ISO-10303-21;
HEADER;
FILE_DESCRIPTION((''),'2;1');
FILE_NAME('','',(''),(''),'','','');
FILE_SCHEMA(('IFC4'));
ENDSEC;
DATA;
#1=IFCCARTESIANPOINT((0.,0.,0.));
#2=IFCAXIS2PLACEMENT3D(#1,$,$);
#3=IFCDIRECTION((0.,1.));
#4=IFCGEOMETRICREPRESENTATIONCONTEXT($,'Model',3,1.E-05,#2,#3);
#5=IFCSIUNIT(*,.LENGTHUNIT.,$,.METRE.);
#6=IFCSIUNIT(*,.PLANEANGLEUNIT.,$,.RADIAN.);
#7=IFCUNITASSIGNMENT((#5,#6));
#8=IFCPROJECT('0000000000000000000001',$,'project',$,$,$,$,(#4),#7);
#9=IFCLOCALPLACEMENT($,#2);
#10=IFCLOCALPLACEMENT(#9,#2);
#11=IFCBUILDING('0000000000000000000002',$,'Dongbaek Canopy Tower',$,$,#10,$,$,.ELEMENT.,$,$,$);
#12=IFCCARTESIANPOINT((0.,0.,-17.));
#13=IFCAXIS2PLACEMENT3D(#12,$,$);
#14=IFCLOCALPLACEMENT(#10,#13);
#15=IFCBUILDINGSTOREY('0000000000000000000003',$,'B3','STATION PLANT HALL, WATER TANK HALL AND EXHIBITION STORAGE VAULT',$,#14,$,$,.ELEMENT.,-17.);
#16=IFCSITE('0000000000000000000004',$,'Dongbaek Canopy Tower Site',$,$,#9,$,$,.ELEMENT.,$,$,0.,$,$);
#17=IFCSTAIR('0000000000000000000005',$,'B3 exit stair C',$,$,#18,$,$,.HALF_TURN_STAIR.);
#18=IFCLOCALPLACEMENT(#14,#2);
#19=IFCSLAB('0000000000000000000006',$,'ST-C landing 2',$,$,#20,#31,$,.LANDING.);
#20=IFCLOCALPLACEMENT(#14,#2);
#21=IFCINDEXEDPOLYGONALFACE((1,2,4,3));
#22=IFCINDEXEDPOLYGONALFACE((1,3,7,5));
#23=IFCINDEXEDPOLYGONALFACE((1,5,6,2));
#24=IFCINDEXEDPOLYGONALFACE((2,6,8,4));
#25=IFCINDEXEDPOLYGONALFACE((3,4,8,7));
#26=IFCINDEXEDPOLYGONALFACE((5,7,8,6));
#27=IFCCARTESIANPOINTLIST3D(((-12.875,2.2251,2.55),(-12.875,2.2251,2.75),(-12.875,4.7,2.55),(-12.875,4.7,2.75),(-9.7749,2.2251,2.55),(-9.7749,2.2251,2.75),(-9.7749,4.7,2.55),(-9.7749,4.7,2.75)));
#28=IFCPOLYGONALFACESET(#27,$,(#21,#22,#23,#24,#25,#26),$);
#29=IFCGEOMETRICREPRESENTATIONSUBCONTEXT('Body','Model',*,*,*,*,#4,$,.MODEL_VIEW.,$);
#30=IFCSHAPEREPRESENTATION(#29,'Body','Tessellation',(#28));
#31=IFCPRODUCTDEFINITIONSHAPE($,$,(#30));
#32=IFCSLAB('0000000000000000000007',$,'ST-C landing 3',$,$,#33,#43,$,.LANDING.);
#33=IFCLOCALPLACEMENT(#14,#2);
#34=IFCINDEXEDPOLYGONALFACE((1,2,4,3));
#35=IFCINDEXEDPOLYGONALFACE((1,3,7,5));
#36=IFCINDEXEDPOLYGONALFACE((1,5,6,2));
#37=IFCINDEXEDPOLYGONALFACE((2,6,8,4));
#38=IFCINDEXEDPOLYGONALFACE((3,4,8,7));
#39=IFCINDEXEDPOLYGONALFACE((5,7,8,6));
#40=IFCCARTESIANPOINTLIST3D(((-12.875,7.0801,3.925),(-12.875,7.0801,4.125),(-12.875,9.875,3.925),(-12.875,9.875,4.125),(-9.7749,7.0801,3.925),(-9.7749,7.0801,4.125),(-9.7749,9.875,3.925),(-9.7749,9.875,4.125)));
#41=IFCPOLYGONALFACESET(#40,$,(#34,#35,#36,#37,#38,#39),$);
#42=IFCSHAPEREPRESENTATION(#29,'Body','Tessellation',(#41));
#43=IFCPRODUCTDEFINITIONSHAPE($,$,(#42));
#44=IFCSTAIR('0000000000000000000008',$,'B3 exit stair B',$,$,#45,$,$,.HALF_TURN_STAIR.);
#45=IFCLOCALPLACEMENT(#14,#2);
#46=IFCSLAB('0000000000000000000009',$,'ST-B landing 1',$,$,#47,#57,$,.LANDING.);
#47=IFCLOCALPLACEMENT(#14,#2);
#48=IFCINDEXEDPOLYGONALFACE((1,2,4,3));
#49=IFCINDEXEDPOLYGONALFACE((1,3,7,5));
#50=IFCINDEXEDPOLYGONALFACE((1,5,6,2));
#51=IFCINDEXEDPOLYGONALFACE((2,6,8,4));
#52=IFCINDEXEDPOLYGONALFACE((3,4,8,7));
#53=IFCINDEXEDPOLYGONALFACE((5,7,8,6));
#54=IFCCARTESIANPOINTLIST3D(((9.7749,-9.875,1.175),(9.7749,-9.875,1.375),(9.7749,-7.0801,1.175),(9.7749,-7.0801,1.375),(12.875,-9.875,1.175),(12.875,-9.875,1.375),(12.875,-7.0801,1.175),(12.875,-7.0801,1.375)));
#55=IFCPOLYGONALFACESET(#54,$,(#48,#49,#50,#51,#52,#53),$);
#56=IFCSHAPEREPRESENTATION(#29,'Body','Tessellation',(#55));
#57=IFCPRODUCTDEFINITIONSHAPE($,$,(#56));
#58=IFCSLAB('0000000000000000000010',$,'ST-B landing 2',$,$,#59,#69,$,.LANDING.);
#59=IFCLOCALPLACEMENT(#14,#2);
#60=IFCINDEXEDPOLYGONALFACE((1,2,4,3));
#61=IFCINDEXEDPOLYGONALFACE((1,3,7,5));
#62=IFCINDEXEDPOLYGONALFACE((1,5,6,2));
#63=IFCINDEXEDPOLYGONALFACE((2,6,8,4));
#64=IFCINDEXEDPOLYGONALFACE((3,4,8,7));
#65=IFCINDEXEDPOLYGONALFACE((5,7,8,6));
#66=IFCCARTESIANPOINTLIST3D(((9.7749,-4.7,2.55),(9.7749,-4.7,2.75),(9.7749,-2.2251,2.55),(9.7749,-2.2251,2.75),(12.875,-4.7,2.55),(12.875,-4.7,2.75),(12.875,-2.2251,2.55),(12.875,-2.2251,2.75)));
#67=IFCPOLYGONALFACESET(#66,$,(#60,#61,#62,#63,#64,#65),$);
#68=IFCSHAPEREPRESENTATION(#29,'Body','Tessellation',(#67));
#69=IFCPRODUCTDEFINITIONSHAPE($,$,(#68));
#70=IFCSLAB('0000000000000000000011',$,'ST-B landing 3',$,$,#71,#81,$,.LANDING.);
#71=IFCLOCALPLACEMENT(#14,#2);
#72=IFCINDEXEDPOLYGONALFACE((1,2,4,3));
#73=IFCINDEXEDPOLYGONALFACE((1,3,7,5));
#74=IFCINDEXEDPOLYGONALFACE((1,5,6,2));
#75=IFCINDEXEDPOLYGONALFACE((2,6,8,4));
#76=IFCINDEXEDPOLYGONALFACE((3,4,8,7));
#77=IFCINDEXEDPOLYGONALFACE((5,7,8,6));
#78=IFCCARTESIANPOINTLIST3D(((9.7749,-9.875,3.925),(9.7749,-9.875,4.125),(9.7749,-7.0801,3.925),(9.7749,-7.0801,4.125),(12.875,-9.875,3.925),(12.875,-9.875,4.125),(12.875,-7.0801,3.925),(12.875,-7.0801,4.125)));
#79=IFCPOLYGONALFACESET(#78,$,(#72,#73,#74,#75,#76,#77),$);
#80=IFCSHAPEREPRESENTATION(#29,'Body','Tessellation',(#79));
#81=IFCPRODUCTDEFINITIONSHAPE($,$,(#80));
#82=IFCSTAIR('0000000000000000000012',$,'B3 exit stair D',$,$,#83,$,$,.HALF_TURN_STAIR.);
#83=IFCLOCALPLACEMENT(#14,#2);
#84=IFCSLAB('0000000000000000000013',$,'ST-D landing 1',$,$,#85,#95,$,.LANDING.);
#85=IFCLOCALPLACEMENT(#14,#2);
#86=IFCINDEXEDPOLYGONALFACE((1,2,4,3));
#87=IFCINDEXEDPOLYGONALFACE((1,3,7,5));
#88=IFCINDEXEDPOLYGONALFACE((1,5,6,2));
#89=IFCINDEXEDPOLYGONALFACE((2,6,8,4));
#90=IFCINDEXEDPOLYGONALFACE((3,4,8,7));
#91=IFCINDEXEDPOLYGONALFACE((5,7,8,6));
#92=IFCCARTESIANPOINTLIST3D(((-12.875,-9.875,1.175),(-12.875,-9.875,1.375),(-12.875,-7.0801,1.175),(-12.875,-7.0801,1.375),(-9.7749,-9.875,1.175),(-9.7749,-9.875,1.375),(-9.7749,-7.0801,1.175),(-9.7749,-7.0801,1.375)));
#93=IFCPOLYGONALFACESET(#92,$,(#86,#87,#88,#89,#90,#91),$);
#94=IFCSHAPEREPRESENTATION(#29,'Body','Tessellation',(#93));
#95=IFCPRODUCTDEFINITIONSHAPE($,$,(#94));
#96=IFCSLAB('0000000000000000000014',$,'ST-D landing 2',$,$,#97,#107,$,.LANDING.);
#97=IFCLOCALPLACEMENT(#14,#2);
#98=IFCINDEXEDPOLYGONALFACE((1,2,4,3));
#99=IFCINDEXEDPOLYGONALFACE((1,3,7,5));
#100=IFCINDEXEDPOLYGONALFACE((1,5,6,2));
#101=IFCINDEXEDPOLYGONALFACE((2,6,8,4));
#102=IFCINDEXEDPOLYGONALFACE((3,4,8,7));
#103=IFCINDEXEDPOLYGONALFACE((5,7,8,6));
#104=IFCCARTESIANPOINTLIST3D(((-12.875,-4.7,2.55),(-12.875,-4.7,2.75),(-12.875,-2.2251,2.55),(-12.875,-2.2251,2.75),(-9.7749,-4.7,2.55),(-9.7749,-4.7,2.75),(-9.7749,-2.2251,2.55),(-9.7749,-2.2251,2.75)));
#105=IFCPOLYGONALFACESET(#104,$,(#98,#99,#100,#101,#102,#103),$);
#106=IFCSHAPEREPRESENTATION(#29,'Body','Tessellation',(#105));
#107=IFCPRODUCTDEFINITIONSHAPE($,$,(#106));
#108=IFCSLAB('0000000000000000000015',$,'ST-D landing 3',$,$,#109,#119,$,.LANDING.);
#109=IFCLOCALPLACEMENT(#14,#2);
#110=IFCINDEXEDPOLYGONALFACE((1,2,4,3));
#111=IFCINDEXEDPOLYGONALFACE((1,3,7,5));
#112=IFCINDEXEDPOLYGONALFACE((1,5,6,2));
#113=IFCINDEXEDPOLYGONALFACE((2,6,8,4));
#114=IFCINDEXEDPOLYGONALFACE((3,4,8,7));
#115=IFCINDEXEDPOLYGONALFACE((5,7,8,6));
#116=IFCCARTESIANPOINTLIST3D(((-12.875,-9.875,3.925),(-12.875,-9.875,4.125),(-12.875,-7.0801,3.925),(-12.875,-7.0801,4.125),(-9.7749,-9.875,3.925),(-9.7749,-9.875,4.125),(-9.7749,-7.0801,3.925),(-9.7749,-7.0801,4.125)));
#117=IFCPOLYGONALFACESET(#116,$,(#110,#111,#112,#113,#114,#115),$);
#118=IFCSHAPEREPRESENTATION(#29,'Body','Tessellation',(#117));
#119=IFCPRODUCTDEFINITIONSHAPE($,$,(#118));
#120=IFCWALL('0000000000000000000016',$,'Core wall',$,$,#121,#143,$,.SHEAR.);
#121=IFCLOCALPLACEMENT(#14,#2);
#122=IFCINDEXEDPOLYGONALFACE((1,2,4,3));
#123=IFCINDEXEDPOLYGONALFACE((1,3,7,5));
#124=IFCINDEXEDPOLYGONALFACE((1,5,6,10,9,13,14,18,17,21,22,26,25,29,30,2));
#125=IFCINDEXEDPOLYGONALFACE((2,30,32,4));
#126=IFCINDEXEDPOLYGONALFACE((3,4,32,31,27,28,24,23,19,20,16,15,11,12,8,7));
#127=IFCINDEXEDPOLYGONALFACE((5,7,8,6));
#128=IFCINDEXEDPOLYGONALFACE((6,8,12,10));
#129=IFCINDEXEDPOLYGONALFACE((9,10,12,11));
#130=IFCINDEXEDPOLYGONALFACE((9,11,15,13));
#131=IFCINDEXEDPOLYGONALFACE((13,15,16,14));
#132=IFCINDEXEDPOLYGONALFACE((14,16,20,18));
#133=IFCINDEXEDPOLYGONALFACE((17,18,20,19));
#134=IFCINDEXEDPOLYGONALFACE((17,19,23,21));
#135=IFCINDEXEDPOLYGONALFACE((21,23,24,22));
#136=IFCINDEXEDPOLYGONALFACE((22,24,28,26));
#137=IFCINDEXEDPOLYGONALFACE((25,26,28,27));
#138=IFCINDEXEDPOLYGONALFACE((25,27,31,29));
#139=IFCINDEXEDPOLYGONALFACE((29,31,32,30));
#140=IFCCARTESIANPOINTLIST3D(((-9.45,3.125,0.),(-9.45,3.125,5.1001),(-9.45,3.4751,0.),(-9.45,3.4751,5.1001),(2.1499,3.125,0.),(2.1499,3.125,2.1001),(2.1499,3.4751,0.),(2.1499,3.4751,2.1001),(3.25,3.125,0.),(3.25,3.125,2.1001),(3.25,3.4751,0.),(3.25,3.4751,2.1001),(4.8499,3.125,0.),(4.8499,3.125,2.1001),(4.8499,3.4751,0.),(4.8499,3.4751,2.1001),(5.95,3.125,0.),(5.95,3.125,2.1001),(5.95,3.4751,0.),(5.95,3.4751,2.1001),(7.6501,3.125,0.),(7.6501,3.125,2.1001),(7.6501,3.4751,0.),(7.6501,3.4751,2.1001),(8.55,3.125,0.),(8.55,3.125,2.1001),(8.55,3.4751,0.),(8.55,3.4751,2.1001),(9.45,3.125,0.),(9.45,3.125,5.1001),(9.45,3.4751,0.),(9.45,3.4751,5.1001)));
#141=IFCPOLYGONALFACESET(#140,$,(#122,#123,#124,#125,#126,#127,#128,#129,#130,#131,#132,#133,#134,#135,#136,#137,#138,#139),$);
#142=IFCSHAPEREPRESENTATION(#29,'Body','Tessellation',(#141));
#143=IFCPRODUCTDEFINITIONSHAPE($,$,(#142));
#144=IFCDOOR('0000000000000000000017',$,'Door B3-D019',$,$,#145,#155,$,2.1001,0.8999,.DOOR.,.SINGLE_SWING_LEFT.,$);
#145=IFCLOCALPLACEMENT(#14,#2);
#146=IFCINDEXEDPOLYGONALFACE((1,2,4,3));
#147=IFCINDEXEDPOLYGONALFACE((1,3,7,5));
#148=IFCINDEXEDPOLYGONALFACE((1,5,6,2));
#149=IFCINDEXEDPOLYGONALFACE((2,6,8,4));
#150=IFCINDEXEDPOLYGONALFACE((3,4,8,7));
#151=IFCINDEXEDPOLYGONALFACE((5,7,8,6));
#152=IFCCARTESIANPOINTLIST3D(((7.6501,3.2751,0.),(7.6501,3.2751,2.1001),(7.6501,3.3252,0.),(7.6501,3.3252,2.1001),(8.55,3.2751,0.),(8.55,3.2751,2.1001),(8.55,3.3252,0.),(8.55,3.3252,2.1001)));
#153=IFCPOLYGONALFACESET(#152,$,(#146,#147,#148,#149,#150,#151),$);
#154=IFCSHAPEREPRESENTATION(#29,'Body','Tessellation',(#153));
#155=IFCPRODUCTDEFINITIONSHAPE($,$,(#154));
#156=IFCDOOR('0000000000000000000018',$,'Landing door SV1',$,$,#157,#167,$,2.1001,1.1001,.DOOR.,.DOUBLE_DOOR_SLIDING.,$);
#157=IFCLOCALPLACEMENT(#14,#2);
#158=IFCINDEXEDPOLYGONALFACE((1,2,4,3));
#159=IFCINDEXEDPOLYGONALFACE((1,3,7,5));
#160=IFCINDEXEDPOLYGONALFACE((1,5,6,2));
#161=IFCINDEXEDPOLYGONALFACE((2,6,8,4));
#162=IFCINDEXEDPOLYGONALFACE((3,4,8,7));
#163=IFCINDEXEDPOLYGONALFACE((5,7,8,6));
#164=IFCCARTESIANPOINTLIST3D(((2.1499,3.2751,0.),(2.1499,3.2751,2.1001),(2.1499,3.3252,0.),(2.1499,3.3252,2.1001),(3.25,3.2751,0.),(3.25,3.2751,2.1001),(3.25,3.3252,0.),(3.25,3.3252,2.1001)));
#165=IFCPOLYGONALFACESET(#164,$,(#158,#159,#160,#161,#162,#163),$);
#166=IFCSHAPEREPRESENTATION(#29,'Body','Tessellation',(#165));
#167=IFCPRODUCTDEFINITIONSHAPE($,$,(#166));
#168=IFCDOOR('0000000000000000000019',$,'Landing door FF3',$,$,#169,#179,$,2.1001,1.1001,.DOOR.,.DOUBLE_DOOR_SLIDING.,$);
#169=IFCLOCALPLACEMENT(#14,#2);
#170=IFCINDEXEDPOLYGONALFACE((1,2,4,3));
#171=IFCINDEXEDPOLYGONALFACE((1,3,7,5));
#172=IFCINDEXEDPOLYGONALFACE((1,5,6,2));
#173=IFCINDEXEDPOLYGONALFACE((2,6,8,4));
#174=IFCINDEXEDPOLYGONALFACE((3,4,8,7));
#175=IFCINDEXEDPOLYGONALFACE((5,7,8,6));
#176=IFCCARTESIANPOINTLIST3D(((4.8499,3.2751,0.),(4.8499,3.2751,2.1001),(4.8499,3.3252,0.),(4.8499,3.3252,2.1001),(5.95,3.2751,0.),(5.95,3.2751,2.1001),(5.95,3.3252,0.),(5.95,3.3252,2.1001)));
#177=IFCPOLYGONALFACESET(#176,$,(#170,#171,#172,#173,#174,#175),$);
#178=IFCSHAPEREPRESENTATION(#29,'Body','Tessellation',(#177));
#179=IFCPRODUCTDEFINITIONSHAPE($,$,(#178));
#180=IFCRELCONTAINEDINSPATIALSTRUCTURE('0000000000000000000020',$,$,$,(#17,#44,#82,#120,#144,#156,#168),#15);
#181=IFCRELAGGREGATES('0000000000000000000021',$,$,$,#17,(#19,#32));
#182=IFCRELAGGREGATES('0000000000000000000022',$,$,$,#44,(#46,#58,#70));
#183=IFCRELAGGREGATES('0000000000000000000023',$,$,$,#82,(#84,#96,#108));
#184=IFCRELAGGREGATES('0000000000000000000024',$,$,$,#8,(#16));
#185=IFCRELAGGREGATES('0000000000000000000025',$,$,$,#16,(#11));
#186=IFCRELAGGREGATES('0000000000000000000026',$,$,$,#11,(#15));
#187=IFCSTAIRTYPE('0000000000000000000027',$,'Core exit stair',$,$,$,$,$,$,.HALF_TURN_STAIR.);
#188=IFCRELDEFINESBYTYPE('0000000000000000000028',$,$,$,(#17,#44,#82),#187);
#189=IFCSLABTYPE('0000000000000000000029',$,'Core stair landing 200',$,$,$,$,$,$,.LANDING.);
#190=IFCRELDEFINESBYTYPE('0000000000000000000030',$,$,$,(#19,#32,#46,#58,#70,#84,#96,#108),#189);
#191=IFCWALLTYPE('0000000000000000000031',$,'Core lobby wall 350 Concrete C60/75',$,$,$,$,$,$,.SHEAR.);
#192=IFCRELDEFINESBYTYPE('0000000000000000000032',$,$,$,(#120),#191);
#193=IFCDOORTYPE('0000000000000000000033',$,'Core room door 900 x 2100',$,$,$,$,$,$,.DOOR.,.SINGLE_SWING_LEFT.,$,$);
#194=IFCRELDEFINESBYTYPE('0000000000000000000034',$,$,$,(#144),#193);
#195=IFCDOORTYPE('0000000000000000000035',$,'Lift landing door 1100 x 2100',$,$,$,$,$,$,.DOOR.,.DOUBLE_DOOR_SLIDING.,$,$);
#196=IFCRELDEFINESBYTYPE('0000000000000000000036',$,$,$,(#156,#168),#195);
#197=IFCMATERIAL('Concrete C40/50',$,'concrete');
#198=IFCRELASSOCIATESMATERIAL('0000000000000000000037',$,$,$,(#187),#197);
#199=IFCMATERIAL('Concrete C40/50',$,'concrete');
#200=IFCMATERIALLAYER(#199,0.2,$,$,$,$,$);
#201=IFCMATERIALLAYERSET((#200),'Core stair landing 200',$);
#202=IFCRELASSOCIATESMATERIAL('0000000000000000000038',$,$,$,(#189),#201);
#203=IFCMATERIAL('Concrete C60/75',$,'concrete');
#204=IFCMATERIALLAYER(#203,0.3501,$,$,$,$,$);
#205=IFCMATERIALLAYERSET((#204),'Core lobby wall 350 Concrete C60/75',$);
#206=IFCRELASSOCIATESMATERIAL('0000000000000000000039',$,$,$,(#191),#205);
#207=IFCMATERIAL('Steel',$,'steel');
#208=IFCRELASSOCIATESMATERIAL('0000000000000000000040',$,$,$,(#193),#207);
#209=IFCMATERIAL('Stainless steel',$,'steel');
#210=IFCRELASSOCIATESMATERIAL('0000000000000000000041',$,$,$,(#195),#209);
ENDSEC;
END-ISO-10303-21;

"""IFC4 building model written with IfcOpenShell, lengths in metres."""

from ifc_helpers import new_model, si_unit, direction, frame, frame_2d, origin, place, context, subcontext, project, spatial, polyline, rectangle, outline, extrude, material, layer, layer_set, type_object, element, fill, aggregate, save


model = new_model("IFC4")

# Units and contexts
model_context = context("Model", 3, precision=1e-05, world=origin(), true_north=direction((0.0, 1.0)))
body_context = subcontext(model_context, "Body", "Model", "MODEL_VIEW")
ifc_project = project(units=[si_unit("LENGTHUNIT", "METRE"), si_unit("PLANEANGLEUNIT", "RADIAN")], contexts=[model_context])

# Site, building, storey
site_placement = place(None, origin())
site = spatial("IfcSite", under=ifc_project, at=site_placement, Name="Dongbaek Canopy Tower Site", CompositionType="ELEMENT", RefElevation=0.0)
building_placement = place(site_placement, origin())
building = spatial("IfcBuilding", under=site, at=building_placement, Name="Dongbaek Canopy Tower", CompositionType="ELEMENT")
storey_placement = place(building_placement, frame((0.0, 0.0, -17.0)))
storey = spatial("IfcBuildingStorey", under=building, at=storey_placement, Name="B3", Description="STATION PLANT HALL, WATER TANK HALL AND EXHIBITION STORAGE VAULT", CompositionType="ELEMENT", Elevation=-17.0)

# Stairs, slabs
ifc_material_1 = material(Name="Concrete C40/50", Category="concrete")
stair_type = type_object("IfcStairType", Name="Core exit stair", PredefinedType="HALF_TURN_STAIR", material=ifc_material_1)
ifc_material_2 = material(Name="Concrete C40/50", Category="concrete")
ifc_layer_1 = layer(ifc_material_2, 0.2)
ifc_layer_set_1 = layer_set([ifc_layer_1], Name="Core stair landing 200")
slab_type = type_object("IfcSlabType", Name="Core stair landing 200", PredefinedType="LANDING", material=ifc_layer_set_1)
stair_1_placement = place(storey_placement, origin())
stair_1 = element("IfcStair", 1, at=stair_1_placement, inside=storey, type_object=stair_type, Name="B3 exit stair C", PredefinedType="HALF_TURN_STAIR")
slab_1_placement = place(storey_placement, frame((0.0, 0.0, 2.55)))
slab_1 = element("IfcSlab", 2, at=slab_1_placement, type_object=slab_type, Name="ST-C landing 2", PredefinedType="LANDING", context=body_context, shape_type="SweptSolid", body=[
    extrude(outline(polyline([(-9.7749, 2.2251), (-9.7749, 4.7), (-12.875, 4.7), (-12.875, 2.2251), (-9.7749, 2.2251)])), origin(), (0.0, 0.0, 1.0), 0.2),
])
slab_2_placement = place(storey_placement, frame((0.0, 0.0, 3.925)))
slab_2 = element("IfcSlab", 3, at=slab_2_placement, type_object=slab_type, Name="ST-C landing 3", PredefinedType="LANDING", context=body_context, shape_type="SweptSolid", body=[
    extrude(outline(polyline([(-9.7749, 7.0801), (-9.7749, 9.875), (-12.875, 9.875), (-12.875, 7.0801), (-9.7749, 7.0801)])), origin(), (0.0, 0.0, 1.0), 0.2),
])
aggregate(stair_1, [slab_1, slab_2])
stair_2_placement = place(storey_placement, origin())
stair_2 = element("IfcStair", 4, at=stair_2_placement, inside=storey, type_object=stair_type, Name="B3 exit stair B", PredefinedType="HALF_TURN_STAIR")
slab_3_placement = place(storey_placement, frame((0.0, 0.0, 1.175)))
slab_3 = element("IfcSlab", 5, at=slab_3_placement, type_object=slab_type, Name="ST-B landing 1", PredefinedType="LANDING", context=body_context, shape_type="SweptSolid", body=[
    extrude(outline(polyline([(9.7749, -7.0801), (9.7749, -9.875), (12.875, -9.875), (12.875, -7.0801), (9.7749, -7.0801)])), origin(), (0.0, 0.0, 1.0), 0.2),
])
slab_4_placement = place(storey_placement, frame((0.0, 0.0, 2.55)))
slab_4 = element("IfcSlab", 6, at=slab_4_placement, type_object=slab_type, Name="ST-B landing 2", PredefinedType="LANDING", context=body_context, shape_type="SweptSolid", body=[
    extrude(outline(polyline([(9.7749, -2.2251), (9.7749, -4.7), (12.875, -4.7), (12.875, -2.2251), (9.7749, -2.2251)])), origin(), (0.0, 0.0, 1.0), 0.2),
])
slab_5_placement = place(storey_placement, frame((0.0, 0.0, 3.925)))
slab_5 = element("IfcSlab", 7, at=slab_5_placement, type_object=slab_type, Name="ST-B landing 3", PredefinedType="LANDING", context=body_context, shape_type="SweptSolid", body=[
    extrude(outline(polyline([(9.7749, -7.0801), (9.7749, -9.875), (12.875, -9.875), (12.875, -7.0801), (9.7749, -7.0801)])), origin(), (0.0, 0.0, 1.0), 0.2),
])
aggregate(stair_2, [slab_3, slab_4, slab_5])
stair_3_placement = place(storey_placement, origin())
stair_3 = element("IfcStair", 8, at=stair_3_placement, inside=storey, type_object=stair_type, Name="B3 exit stair D", PredefinedType="HALF_TURN_STAIR")
slab_6_placement = place(storey_placement, frame((0.0, 0.0, 1.175)))
slab_6 = element("IfcSlab", 9, at=slab_6_placement, type_object=slab_type, Name="ST-D landing 1", PredefinedType="LANDING", context=body_context, shape_type="SweptSolid", body=[
    extrude(outline(polyline([(-12.875, -7.0801), (-12.875, -9.875), (-9.7749, -9.875), (-9.7749, -7.0801), (-12.875, -7.0801)])), origin(), (0.0, 0.0, 1.0), 0.2),
])
slab_7_placement = place(storey_placement, frame((0.0, 0.0, 2.55)))
slab_7 = element("IfcSlab", 10, at=slab_7_placement, type_object=slab_type, Name="ST-D landing 2", PredefinedType="LANDING", context=body_context, shape_type="SweptSolid", body=[
    extrude(outline(polyline([(-12.875, -2.2251), (-12.875, -4.7), (-9.7749, -4.7), (-9.7749, -2.2251), (-12.875, -2.2251)])), origin(), (0.0, 0.0, 1.0), 0.2),
])
slab_8_placement = place(storey_placement, frame((0.0, 0.0, 3.925)))
slab_8 = element("IfcSlab", 11, at=slab_8_placement, type_object=slab_type, Name="ST-D landing 3", PredefinedType="LANDING", context=body_context, shape_type="SweptSolid", body=[
    extrude(outline(polyline([(-12.875, -7.0801), (-12.875, -9.875), (-9.7749, -9.875), (-9.7749, -7.0801), (-12.875, -7.0801)])), origin(), (0.0, 0.0, 1.0), 0.2),
])
aggregate(stair_3, [slab_6, slab_7, slab_8])

# Wall, openings, doors
ifc_material_3 = material(Name="Concrete C60/75", Category="concrete")
ifc_layer_2 = layer(ifc_material_3, 0.3501)
ifc_layer_set_2 = layer_set([ifc_layer_2], Name="Core lobby wall 350 Concrete C60/75")
wall_type_1 = type_object("IfcWallType", Name="Core lobby wall 350 Concrete C60/75", PredefinedType="SHEAR", material=ifc_layer_set_2)
wall_1_placement = place(storey_placement, frame((9.45, 3.3, 0.0), z_axis=(0.0, 0.0, 1.0), x_axis=(-1.0, 0.0, 0.0)))
wall_1 = element("IfcWall", 12, at=wall_1_placement, inside=storey, type_object=wall_type_1, Name="Core wall", PredefinedType="SHEAR", context=body_context, shape_type="SweptSolid", body=[
    extrude(rectangle(XDim=18.8999, YDim=0.3501, at=frame_2d((9.45, 0.0))), origin(), (0.0, 0.0, 1.0), 5.1001),
])
opening_1_placement = place(wall_1_placement, frame((6.2, 0.0, 0.0)))
opening_1 = element("IfcOpeningElement", 13, at=opening_1_placement, cuts=wall_1, PredefinedType="OPENING", context=body_context, shape_type="SweptSolid", body=[
    extrude(rectangle(XDim=1.1001, YDim=2.1001, at=frame_2d((0.55, 1.05))), frame((0.0, 0.1851, 0.0), z_axis=(0.0, -1.0, 0.0), x_axis=(1.0, 0.0, 0.0)), (0.0, 0.0, 1.0), 0.3701),
])
opening_2_placement = place(wall_1_placement, frame((3.5, 0.0, 0.0)))
opening_2 = element("IfcOpeningElement", 14, at=opening_2_placement, cuts=wall_1, PredefinedType="OPENING", context=body_context, shape_type="SweptSolid", body=[
    extrude(rectangle(XDim=1.1001, YDim=2.1001, at=frame_2d((0.55, 1.05))), frame((0.0, 0.1851, 0.0), z_axis=(0.0, -1.0, 0.0), x_axis=(1.0, 0.0, 0.0)), (0.0, 0.0, 1.0), 0.3701),
])
opening_3_placement = place(wall_1_placement, frame((0.8999, 0.0, 0.0)))
opening_3 = element("IfcOpeningElement", 15, at=opening_3_placement, cuts=wall_1, PredefinedType="OPENING", context=body_context, shape_type="SweptSolid", body=[
    extrude(rectangle(XDim=0.8999, YDim=2.1001, at=frame_2d((0.45, 1.05))), frame((0.0, 0.1851, 0.0), z_axis=(0.0, -1.0, 0.0), x_axis=(1.0, 0.0, 0.0)), (0.0, 0.0, 1.0), 0.3701),
])
ifc_material_4 = material(Name="Steel", Category="steel")
door_type_1 = type_object("IfcDoorType", Name="Core room door 900 x 2100", OperationType="SINGLE_SWING_LEFT", PredefinedType="DOOR", material=ifc_material_4)
door_1_placement = place(opening_3_placement, origin())
door_1 = element("IfcDoor", 16, at=door_1_placement, inside=storey, type_object=door_type_1, Name="Door B3-D019", OperationType="SINGLE_SWING_LEFT", OverallHeight=2.1001, OverallWidth=0.8999, PredefinedType="DOOR", context=body_context, shape_type="SweptSolid", body=[
    extrude(rectangle(XDim=0.8999, YDim=2.1001, at=frame_2d((0.45, 1.05))), frame((0.0, 0.0249, 0.0), z_axis=(0.0, -1.0, 0.0), x_axis=(1.0, 0.0, 0.0)), (0.0, 0.0, 1.0), 0.05),
])
fill(opening_3, door_1)
ifc_material_5 = material(Name="Stainless steel", Category="steel")
door_type_2 = type_object("IfcDoorType", Name="Lift landing door 1100 x 2100", OperationType="DOUBLE_DOOR_SLIDING", PredefinedType="DOOR", material=ifc_material_5)
door_2_placement = place(opening_1_placement, origin())
door_2 = element("IfcDoor", 17, at=door_2_placement, inside=storey, type_object=door_type_2, Name="Landing door SV1", OperationType="DOUBLE_DOOR_SLIDING", OverallHeight=2.1001, OverallWidth=1.1001, PredefinedType="DOOR", context=body_context, shape_type="SweptSolid", body=[
    extrude(rectangle(XDim=1.1001, YDim=2.1001, at=frame_2d((0.55, 1.05))), frame((0.0, 0.0249, 0.0), z_axis=(0.0, -1.0, 0.0), x_axis=(1.0, 0.0, 0.0)), (0.0, 0.0, 1.0), 0.05),
])
fill(opening_1, door_2)
door_3_placement = place(opening_2_placement, origin())
door_3 = element("IfcDoor", 18, at=door_3_placement, inside=storey, type_object=door_type_2, Name="Landing door FF3", OperationType="DOUBLE_DOOR_SLIDING", OverallHeight=2.1001, OverallWidth=1.1001, PredefinedType="DOOR", context=body_context, shape_type="SweptSolid", body=[
    extrude(rectangle(XDim=1.1001, YDim=2.1001, at=frame_2d((0.55, 1.05))), frame((0.0, 0.0249, 0.0), z_axis=(0.0, -1.0, 0.0), x_axis=(1.0, 0.0, 0.0)), (0.0, 0.0, 1.0), 0.05),
])
fill(opening_2, door_3)

save(model, "model.ifc")
